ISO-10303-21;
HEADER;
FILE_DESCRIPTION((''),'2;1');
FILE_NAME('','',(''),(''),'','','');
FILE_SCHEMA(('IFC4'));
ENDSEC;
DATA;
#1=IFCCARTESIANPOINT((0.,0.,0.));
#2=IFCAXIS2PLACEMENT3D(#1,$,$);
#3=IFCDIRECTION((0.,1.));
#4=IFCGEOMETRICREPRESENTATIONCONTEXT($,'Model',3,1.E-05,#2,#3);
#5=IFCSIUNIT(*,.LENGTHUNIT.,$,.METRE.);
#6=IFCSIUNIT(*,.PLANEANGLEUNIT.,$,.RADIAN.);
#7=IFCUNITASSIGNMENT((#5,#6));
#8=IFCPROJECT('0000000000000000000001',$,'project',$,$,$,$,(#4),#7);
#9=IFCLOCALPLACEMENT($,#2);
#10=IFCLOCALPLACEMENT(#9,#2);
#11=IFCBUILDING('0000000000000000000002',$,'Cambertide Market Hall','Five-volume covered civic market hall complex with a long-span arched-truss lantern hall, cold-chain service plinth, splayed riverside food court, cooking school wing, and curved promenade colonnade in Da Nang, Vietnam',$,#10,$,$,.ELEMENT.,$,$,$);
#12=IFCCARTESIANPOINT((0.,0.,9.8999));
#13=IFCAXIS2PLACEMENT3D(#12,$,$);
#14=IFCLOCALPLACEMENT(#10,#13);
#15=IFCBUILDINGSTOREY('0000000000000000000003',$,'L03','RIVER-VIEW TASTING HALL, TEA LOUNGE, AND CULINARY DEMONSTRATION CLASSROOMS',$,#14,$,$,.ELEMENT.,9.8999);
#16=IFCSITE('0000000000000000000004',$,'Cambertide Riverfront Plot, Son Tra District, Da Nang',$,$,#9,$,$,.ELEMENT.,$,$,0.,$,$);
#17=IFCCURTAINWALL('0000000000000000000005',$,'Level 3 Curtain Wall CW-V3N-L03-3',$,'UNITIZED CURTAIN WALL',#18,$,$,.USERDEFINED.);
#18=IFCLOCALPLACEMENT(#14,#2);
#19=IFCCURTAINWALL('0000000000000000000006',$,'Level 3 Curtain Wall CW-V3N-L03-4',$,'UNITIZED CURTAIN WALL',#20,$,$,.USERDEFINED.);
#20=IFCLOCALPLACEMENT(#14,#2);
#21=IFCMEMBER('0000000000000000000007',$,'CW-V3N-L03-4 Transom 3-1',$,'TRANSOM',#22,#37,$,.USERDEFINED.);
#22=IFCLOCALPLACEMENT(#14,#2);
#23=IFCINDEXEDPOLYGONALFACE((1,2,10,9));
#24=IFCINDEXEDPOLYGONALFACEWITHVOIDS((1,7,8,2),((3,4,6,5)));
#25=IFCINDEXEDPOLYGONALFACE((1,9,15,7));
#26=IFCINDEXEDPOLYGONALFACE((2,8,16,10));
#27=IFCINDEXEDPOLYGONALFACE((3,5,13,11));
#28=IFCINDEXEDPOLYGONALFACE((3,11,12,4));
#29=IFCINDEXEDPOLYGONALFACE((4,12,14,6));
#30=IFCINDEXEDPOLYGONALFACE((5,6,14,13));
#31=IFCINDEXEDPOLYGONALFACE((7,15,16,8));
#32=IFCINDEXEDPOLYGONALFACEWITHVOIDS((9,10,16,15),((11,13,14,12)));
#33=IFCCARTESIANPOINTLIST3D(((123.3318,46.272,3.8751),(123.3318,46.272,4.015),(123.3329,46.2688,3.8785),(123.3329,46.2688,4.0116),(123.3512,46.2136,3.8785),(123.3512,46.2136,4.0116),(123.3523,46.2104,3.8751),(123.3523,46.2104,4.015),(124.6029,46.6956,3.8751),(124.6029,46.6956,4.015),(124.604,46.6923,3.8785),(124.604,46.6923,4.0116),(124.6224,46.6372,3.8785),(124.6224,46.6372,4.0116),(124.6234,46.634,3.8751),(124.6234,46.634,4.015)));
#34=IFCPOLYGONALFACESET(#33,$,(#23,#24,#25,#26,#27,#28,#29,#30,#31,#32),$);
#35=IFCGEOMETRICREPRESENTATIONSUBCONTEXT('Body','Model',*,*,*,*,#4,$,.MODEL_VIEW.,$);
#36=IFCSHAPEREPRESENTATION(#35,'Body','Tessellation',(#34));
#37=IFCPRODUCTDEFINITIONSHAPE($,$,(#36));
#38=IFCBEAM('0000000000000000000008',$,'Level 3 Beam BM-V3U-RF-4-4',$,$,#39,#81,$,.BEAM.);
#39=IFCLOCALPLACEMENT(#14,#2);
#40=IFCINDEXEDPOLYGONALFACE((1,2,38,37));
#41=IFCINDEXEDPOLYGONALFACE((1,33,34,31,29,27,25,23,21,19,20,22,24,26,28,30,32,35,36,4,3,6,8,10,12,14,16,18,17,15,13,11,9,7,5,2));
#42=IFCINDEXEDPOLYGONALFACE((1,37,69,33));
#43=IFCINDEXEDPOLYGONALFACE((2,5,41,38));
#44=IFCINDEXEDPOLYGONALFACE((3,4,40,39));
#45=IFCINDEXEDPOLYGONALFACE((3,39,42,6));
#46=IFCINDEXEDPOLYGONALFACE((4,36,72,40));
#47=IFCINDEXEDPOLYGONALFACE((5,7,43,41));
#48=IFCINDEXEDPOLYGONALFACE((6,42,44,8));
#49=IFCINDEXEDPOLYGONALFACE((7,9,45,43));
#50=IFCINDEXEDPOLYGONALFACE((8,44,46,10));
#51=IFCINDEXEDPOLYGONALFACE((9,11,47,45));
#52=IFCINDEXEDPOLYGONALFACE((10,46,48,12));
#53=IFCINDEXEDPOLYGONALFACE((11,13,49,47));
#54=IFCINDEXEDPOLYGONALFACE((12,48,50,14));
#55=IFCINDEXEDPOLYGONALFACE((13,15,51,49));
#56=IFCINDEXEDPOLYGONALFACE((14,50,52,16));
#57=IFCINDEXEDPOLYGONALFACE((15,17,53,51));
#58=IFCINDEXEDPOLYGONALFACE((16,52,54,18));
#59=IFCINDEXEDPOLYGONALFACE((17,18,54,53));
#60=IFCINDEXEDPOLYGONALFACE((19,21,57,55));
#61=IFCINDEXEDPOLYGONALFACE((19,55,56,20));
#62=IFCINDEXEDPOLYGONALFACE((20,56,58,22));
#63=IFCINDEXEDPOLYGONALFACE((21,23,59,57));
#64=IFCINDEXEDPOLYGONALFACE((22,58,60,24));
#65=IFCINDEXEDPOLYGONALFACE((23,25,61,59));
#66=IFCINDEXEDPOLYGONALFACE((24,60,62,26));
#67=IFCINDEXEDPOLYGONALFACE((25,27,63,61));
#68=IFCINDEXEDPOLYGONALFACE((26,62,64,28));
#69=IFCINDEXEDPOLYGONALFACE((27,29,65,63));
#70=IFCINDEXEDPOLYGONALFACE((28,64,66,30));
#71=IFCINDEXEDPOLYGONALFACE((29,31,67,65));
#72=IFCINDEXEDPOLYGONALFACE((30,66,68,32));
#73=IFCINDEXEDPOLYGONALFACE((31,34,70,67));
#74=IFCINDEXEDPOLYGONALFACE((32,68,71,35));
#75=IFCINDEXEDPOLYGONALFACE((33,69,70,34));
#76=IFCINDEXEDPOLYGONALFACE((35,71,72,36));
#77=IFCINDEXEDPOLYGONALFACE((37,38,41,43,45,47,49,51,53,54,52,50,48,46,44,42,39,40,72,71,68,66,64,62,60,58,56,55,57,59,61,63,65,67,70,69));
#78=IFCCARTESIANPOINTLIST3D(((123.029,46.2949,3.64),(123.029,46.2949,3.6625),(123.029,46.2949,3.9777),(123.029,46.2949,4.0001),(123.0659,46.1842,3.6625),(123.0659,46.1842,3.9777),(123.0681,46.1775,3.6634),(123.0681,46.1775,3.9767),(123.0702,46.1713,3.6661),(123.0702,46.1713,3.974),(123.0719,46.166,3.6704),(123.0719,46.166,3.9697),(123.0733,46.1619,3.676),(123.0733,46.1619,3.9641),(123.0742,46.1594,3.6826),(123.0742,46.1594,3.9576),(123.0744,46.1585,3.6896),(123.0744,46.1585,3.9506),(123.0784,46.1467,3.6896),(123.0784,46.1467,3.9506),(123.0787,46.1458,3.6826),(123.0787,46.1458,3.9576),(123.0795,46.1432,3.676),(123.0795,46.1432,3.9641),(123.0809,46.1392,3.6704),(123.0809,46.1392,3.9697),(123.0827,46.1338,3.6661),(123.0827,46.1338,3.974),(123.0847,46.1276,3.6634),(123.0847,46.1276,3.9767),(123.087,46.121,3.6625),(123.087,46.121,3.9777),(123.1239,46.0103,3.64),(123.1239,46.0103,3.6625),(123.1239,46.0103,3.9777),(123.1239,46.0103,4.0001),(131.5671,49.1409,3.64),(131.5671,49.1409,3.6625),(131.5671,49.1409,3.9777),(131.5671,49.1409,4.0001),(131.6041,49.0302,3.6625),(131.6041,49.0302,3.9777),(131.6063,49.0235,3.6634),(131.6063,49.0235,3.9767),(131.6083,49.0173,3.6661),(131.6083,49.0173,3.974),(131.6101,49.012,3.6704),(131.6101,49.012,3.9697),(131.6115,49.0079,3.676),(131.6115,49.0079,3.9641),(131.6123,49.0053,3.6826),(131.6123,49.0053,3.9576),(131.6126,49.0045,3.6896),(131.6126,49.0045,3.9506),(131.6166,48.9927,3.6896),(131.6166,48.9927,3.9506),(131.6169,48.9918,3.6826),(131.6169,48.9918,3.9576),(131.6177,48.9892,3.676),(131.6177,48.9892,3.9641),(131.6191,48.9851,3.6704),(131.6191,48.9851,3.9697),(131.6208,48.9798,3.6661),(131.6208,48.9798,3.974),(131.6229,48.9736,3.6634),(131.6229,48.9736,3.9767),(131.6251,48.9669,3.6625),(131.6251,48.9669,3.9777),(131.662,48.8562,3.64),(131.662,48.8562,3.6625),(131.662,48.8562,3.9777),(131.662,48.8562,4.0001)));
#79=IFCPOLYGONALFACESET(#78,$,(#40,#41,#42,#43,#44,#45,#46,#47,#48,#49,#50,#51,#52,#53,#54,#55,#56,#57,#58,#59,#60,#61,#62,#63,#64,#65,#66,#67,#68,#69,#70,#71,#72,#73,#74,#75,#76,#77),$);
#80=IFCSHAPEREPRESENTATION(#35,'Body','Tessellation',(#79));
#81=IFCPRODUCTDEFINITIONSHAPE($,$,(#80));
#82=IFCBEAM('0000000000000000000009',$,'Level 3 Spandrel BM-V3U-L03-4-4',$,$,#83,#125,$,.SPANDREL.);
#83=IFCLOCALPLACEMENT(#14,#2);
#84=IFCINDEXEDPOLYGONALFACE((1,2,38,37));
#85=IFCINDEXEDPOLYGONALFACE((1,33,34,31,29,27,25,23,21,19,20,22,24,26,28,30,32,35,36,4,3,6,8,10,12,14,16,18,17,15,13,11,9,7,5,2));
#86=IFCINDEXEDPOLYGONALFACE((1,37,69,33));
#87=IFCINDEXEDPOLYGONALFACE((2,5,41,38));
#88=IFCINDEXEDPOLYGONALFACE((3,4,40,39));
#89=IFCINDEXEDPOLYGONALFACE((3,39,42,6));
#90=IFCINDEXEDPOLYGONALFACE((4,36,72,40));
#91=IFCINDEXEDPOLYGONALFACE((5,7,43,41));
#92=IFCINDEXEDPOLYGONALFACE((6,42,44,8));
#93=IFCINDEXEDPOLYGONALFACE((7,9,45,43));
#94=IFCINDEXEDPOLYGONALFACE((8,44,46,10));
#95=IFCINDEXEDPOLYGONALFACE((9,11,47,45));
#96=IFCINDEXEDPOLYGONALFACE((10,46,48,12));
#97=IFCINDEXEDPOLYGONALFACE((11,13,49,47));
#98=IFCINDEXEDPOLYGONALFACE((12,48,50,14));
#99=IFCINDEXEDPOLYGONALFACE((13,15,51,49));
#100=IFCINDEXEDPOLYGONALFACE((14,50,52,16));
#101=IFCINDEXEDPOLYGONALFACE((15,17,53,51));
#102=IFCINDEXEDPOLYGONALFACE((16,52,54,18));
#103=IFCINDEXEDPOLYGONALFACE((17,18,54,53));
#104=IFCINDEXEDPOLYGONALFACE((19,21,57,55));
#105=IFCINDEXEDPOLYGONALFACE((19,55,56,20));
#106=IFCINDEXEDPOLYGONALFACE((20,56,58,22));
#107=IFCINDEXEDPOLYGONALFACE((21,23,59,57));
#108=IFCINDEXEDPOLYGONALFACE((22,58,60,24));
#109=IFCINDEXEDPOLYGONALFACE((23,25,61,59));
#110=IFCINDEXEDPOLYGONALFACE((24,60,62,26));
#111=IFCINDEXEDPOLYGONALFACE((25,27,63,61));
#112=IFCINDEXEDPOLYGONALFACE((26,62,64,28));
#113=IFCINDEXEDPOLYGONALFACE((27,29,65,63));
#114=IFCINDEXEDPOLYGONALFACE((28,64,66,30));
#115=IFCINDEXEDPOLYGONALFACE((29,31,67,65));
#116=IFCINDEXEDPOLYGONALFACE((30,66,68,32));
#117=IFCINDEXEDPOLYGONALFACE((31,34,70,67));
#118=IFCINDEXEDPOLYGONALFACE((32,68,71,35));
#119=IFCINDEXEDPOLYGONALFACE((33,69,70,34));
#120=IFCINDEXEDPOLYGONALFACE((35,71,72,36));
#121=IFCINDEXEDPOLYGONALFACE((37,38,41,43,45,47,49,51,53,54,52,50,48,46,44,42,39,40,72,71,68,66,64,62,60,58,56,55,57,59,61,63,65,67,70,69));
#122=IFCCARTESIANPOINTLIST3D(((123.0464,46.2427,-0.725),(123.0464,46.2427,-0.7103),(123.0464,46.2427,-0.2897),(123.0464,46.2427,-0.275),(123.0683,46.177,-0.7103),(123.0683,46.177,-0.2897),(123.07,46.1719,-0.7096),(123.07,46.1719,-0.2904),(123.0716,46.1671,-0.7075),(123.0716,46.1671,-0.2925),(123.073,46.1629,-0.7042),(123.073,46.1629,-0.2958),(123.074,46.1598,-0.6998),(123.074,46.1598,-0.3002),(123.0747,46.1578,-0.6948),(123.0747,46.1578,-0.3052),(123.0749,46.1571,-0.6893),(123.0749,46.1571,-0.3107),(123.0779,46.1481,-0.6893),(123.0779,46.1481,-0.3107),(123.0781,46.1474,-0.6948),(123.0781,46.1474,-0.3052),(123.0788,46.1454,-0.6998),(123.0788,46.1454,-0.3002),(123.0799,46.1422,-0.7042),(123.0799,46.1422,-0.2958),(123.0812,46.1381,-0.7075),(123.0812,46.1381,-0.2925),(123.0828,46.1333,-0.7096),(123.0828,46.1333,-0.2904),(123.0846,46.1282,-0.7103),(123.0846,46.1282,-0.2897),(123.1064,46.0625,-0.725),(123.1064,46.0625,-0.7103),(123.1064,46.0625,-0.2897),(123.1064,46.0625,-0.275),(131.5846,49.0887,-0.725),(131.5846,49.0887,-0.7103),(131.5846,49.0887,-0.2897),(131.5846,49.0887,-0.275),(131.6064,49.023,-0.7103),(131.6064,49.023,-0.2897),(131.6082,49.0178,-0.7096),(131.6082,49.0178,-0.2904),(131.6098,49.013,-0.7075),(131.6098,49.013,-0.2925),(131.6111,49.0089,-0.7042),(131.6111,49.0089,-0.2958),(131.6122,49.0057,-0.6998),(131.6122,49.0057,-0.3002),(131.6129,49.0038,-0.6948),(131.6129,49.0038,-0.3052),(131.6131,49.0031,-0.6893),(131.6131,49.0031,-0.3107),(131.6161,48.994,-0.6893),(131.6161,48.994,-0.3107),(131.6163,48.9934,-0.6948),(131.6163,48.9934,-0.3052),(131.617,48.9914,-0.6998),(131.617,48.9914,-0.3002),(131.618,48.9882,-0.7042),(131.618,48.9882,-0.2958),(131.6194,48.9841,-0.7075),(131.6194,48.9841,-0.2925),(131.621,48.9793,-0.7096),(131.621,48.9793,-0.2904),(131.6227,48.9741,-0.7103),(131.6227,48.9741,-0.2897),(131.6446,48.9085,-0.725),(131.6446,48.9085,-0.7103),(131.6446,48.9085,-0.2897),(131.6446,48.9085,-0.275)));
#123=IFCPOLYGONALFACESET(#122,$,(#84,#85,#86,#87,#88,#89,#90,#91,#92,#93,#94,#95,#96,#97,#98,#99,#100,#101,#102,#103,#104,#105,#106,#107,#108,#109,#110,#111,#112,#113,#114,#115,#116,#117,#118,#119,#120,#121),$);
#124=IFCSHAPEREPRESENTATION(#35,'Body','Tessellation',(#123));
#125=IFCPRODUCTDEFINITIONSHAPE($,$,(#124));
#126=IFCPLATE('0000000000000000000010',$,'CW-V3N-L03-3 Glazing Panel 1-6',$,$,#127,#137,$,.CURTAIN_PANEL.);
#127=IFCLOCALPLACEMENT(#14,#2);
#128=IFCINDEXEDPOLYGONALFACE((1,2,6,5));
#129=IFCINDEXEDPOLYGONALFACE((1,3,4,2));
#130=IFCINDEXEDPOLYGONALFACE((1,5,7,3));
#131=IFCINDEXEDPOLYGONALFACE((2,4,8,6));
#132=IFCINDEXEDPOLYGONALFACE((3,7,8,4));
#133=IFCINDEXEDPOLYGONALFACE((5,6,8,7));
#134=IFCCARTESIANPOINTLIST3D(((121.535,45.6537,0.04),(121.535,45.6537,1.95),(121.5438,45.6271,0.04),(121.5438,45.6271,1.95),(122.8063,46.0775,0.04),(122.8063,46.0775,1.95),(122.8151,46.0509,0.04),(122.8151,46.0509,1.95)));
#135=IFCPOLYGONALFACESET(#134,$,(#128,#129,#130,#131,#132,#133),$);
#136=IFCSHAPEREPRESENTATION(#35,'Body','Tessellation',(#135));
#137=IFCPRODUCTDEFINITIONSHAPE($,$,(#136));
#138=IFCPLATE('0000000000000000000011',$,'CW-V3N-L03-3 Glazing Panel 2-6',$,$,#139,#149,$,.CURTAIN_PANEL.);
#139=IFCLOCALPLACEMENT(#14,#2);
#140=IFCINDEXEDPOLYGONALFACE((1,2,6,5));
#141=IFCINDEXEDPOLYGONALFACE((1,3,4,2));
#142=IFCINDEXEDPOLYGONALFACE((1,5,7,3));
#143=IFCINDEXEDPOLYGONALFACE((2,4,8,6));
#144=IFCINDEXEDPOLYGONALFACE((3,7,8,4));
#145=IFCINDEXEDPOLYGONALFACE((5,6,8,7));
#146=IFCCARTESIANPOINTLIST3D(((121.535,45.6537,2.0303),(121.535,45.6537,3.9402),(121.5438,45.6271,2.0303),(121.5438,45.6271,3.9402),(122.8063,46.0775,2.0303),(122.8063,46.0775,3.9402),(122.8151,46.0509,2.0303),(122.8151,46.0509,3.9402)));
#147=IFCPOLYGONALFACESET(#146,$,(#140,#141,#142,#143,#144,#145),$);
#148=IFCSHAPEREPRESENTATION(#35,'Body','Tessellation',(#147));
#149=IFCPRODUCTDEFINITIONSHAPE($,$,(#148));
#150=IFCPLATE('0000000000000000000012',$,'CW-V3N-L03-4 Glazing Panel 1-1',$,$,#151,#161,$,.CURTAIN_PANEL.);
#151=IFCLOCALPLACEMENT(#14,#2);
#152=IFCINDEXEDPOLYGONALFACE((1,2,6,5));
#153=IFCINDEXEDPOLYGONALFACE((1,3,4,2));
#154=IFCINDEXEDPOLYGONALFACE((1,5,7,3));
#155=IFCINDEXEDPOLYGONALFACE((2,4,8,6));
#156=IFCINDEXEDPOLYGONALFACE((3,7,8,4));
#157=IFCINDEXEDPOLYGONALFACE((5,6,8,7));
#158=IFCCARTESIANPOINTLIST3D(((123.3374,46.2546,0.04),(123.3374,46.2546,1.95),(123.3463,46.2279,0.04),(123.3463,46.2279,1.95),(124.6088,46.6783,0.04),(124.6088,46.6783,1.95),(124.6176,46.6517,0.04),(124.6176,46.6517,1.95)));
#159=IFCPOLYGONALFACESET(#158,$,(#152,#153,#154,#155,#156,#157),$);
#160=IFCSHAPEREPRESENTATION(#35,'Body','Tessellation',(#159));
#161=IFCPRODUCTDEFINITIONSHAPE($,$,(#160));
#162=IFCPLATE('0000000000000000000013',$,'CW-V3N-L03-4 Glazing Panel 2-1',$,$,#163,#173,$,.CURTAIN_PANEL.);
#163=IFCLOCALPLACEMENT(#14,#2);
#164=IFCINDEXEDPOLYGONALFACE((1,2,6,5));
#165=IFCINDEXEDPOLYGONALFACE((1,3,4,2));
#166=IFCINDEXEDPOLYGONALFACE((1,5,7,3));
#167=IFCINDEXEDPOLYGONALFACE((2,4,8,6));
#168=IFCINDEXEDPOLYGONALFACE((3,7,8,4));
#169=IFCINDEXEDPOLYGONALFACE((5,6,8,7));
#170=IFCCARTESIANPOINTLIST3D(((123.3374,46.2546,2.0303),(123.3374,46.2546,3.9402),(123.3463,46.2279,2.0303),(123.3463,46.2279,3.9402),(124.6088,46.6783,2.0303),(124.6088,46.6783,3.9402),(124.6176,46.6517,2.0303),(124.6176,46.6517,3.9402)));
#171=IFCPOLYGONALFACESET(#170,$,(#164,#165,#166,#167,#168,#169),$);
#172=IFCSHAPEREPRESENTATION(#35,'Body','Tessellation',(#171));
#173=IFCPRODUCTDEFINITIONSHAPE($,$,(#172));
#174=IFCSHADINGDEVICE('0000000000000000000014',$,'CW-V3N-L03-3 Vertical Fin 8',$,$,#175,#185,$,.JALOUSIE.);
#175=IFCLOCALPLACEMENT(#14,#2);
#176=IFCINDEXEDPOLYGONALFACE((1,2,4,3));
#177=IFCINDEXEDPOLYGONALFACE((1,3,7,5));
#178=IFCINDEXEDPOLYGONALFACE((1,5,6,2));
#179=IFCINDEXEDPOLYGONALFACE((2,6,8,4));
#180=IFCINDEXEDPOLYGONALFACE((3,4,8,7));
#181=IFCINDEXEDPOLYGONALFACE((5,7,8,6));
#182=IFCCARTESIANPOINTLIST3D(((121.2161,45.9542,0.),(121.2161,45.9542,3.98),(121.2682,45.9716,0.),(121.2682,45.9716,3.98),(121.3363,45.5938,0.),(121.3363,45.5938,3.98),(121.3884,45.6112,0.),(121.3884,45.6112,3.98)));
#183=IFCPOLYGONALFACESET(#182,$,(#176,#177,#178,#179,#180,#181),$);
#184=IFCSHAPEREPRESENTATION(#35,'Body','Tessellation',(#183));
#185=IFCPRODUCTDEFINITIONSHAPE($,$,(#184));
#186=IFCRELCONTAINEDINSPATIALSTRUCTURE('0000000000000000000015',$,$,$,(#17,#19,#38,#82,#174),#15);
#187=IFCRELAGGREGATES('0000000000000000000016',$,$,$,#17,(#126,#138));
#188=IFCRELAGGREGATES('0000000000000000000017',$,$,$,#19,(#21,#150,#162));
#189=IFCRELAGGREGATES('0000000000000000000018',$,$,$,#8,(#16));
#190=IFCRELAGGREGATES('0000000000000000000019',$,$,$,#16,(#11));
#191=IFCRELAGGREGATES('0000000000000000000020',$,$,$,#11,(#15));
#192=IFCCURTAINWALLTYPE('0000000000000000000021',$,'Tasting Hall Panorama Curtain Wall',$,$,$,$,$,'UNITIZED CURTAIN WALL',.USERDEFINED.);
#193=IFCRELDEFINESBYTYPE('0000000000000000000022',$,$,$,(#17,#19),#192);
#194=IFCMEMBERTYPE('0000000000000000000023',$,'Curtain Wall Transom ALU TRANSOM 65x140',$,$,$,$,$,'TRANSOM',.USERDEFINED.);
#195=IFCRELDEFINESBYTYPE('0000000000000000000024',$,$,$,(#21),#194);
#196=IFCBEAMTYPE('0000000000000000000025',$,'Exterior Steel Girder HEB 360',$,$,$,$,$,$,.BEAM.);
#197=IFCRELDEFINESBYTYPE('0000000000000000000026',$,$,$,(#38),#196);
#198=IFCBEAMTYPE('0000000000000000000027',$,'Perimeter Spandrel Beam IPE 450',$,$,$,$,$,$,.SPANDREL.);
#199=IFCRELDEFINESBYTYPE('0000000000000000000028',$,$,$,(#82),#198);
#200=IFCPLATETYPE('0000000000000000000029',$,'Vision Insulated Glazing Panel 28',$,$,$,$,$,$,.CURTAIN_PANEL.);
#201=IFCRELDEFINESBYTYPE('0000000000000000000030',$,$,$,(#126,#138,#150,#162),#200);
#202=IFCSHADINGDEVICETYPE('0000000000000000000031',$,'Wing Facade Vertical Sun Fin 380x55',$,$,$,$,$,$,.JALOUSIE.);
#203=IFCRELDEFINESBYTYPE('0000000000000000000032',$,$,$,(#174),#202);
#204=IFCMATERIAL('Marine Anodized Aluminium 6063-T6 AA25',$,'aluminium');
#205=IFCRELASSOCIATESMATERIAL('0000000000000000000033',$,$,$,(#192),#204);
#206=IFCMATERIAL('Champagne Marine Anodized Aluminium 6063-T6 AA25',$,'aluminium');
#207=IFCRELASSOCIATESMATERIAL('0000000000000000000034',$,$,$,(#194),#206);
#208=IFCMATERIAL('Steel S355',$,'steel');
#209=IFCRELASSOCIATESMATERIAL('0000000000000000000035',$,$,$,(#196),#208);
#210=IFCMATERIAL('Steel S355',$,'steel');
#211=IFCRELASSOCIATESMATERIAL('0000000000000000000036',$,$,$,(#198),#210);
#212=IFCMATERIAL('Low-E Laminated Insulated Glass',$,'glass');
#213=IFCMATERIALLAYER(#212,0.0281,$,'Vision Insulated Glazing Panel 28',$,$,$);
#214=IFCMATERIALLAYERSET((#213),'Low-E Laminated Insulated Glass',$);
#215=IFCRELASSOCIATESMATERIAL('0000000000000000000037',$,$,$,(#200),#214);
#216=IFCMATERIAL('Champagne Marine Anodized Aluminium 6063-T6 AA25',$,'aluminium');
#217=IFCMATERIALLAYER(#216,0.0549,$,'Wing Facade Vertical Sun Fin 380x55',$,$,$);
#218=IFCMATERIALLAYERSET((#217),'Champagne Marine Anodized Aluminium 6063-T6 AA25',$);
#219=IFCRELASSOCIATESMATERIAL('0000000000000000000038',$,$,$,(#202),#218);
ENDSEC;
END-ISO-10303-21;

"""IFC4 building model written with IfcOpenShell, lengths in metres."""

from ifc_helpers import new_model, si_unit, direction, frame, origin, origin_2d, place, context, subcontext, project, spatial, rectangle, hollow_rectangle, i_section, extrude, material, layer, layer_set, material_profile, profile_set, type_object, element, aggregate, save


model = new_model("IFC4")

# Units and contexts
model_context = context("Model", 3, precision=1e-05, world=origin(), true_north=direction((0.0, 1.0)))
body_context = subcontext(model_context, "Body", "Model", "MODEL_VIEW")
ifc_project = project(units=[si_unit("LENGTHUNIT", "METRE"), si_unit("PLANEANGLEUNIT", "RADIAN")], contexts=[model_context])

# Site, building, storey
site_placement = place(None, origin())
site = spatial("IfcSite", under=ifc_project, at=site_placement, Name="Cambertide Riverfront Plot, Son Tra District, Da Nang", CompositionType="ELEMENT", RefElevation=0.0)
building_placement = place(site_placement, origin())
building = spatial("IfcBuilding", under=site, at=building_placement, Name="Cambertide Market Hall", Description="Five-volume covered civic market hall complex with a long-span arched-truss lantern hall, cold-chain service plinth, splayed riverside food court, cooking school wing, and curved promenade colonnade in Da Nang, Vietnam", CompositionType="ELEMENT")
storey_placement = place(building_placement, frame((0.0, 0.0, 9.8999)))
storey = spatial("IfcBuildingStorey", under=building, at=storey_placement, Name="L03", Description="RIVER-VIEW TASTING HALL, TEA LOUNGE, AND CULINARY DEMONSTRATION CLASSROOMS", CompositionType="ELEMENT", Elevation=9.8999)

# Curtain wall
ifc_material_1 = material(Name="Marine Anodized Aluminium 6063-T6 AA25", Category="aluminium")
curtain_wall_type = type_object("IfcCurtainWallType", Name="Tasting Hall Panorama Curtain Wall", ElementType="UNITIZED CURTAIN WALL", PredefinedType="USERDEFINED", material=ifc_material_1)
curtain_wall_1_placement = place(storey_placement, origin())
curtain_wall_1 = element("IfcCurtainWall", 1, at=curtain_wall_1_placement, inside=storey, type_object=curtain_wall_type, Name="Level 3 Curtain Wall CW-V3N-L03-3", ObjectType="UNITIZED CURTAIN WALL", PredefinedType="USERDEFINED")

# Curtain wall
curtain_wall_2_placement = place(storey_placement, origin())
curtain_wall_2 = element("IfcCurtainWall", 2, at=curtain_wall_2_placement, inside=storey, type_object=curtain_wall_type, Name="Level 3 Curtain Wall CW-V3N-L03-4", ObjectType="UNITIZED CURTAIN WALL", PredefinedType="USERDEFINED")

# Member
ifc_material_2 = material(Name="Champagne Marine Anodized Aluminium 6063-T6 AA25", Category="aluminium")
ifc_material_profile_1 = material_profile(ifc_material_2, hollow_rectangle(XDim=0.0649, YDim=0.1399, WallThickness=0.0034, at=origin_2d()), Name="ALU TRANSOM 65x140")
ifc_profile_set_1 = profile_set([ifc_material_profile_1], Name="Champagne Marine Anodized Aluminium 6063-T6 AA25")
member_type_1 = type_object("IfcMemberType", Name="Curtain Wall Transom ALU TRANSOM 65x140", ElementType="TRANSOM", PredefinedType="USERDEFINED", material=ifc_profile_set_1)
member_1_placement = place(storey_placement, frame((123.342, 46.2412, 3.9451), z_axis=(0.94872, 0.316118, 0.0), x_axis=(-0.316118, 0.94872, 0.0)))
member_1 = element("IfcMember", 3, at=member_1_placement, type_object=member_type_1, Name="CW-V3N-L03-4 Transom 3-1", ObjectType="TRANSOM", PredefinedType="USERDEFINED", context=body_context, shape_type="SweptSolid", body=[
    extrude(hollow_rectangle(XDim=0.0649, YDim=0.1399, WallThickness=0.0034, at=origin_2d()), origin(), (0.0, 0.0, 1.0), 1.3398),
])

# Beams
ifc_material_3 = material(Name="Steel S355", Category="steel")
ifc_material_profile_2 = material_profile(ifc_material_3, i_section(OverallWidth=0.3, OverallDepth=0.3601, WebThickness=0.0125, FlangeThickness=0.0225, FilletRadius=0.0271, at=origin_2d()), Name="HEB 360")
ifc_profile_set_2 = profile_set([ifc_material_profile_2], Name="Steel S355")
beam_type_1 = type_object("IfcBeamType", Name="Exterior Steel Girder HEB 360", PredefinedType="BEAM", material=ifc_profile_set_2)
beam_1_placement = place(storey_placement, frame((123.0764, 46.1526, 3.8201), z_axis=(0.948686, 0.31622, 0.0), x_axis=(-0.31622, 0.948686, 0.0)))
element("IfcBeam", 4, at=beam_1_placement, inside=storey, type_object=beam_type_1, Name="Level 3 Beam BM-V3U-RF-4-4", PredefinedType="BEAM", context=body_context, shape_type="SweptSolid", body=[
    extrude(i_section(OverallWidth=0.3, OverallDepth=0.3601, WebThickness=0.0125, FlangeThickness=0.0225, FilletRadius=0.0271, at=origin_2d()), origin(), (0.0, 0.0, 1.0), 9.0),
])
ifc_material_4 = material(Name="Steel S355", Category="steel")
ifc_material_profile_3 = material_profile(ifc_material_4, i_section(OverallWidth=0.1899, OverallDepth=0.45, WebThickness=0.0095, FlangeThickness=0.0146, FilletRadius=0.021, at=origin_2d()), Name="IPE 450")
ifc_profile_set_3 = profile_set([ifc_material_profile_3], Name="Steel S355")
beam_type_2 = type_object("IfcBeamType", Name="Perimeter Spandrel Beam IPE 450", PredefinedType="SPANDREL", material=ifc_profile_set_3)
beam_2_placement = place(storey_placement, frame((123.0764, 46.1526, -0.5), z_axis=(0.948686, 0.31622, 0.0), x_axis=(-0.31622, 0.948686, 0.0)))
element("IfcBeam", 5, at=beam_2_placement, inside=storey, type_object=beam_type_2, Name="Level 3 Spandrel BM-V3U-L03-4-4", PredefinedType="SPANDREL", context=body_context, shape_type="SweptSolid", body=[
    extrude(i_section(OverallWidth=0.1899, OverallDepth=0.45, WebThickness=0.0095, FlangeThickness=0.0146, FilletRadius=0.021, at=origin_2d()), origin(), (0.0, 0.0, 1.0), 9.0),
])

# Plates
ifc_material_5 = material(Name="Low-E Laminated Insulated Glass", Category="glass")
ifc_layer_1 = layer(ifc_material_5, 0.0281, Name="Vision Insulated Glazing Panel 28")
ifc_layer_set_1 = layer_set([ifc_layer_1], Name="Low-E Laminated Insulated Glass")
plate_type = type_object("IfcPlateType", Name="Vision Insulated Glazing Panel 28", PredefinedType="CURTAIN_PANEL", material=ifc_layer_set_1)
plate_1_placement = place(storey_placement, frame((122.175, 45.8523, 0.04), z_axis=(0.0, 0.0, 1.0), x_axis=(0.948683, 0.316228, 0.0)))
plate_1 = element("IfcPlate", 6, at=plate_1_placement, type_object=plate_type, Name="CW-V3N-L03-3 Glazing Panel 1-6", PredefinedType="CURTAIN_PANEL", context=body_context, shape_type="SweptSolid", body=[
    extrude(rectangle(XDim=1.3401, YDim=0.0281, at=origin_2d()), origin(), (0.0, 0.0, 1.0), 1.9099),
])
plate_2_placement = place(storey_placement, frame((122.175, 45.8523, 2.0303), z_axis=(0.0, 0.0, 1.0), x_axis=(0.948683, 0.316228, 0.0)))
plate_2 = element("IfcPlate", 7, at=plate_2_placement, type_object=plate_type, Name="CW-V3N-L03-3 Glazing Panel 2-6", PredefinedType="CURTAIN_PANEL", context=body_context, shape_type="SweptSolid", body=[
    extrude(rectangle(XDim=1.3401, YDim=0.0281, at=origin_2d()), origin(), (0.0, 0.0, 1.0), 1.9099),
])
aggregate(curtain_wall_1, [plate_1, plate_2])
plate_3_placement = place(storey_placement, frame((123.9775, 46.4531, 0.04), z_axis=(0.0, 0.0, 1.0), x_axis=(0.948683, 0.316228, 0.0)))
plate_3 = element("IfcPlate", 8, at=plate_3_placement, type_object=plate_type, Name="CW-V3N-L03-4 Glazing Panel 1-1", PredefinedType="CURTAIN_PANEL", context=body_context, shape_type="SweptSolid", body=[
    extrude(rectangle(XDim=1.3401, YDim=0.0281, at=origin_2d()), origin(), (0.0, 0.0, 1.0), 1.9099),
])
plate_4_placement = place(storey_placement, frame((123.9775, 46.4531, 2.0303), z_axis=(0.0, 0.0, 1.0), x_axis=(0.948683, 0.316228, 0.0)))
plate_4 = element("IfcPlate", 9, at=plate_4_placement, type_object=plate_type, Name="CW-V3N-L03-4 Glazing Panel 2-1", PredefinedType="CURTAIN_PANEL", context=body_context, shape_type="SweptSolid", body=[
    extrude(rectangle(XDim=1.3401, YDim=0.0281, at=origin_2d()), origin(), (0.0, 0.0, 1.0), 1.9099),
])
aggregate(curtain_wall_2, [member_1, plate_3, plate_4])

# Shading device
ifc_material_6 = material(Name="Champagne Marine Anodized Aluminium 6063-T6 AA25", Category="aluminium")
ifc_layer_2 = layer(ifc_material_6, 0.0549, Name="Wing Facade Vertical Sun Fin 380x55")
ifc_layer_set_2 = layer_set([ifc_layer_2], Name="Champagne Marine Anodized Aluminium 6063-T6 AA25")
shading_device_type = type_object("IfcShadingDeviceType", Name="Wing Facade Vertical Sun Fin 380x55", PredefinedType="JALOUSIE", material=ifc_layer_set_2)
for number, where, z_axis, x_axis, name in (
    (10, (121.3022, 45.7827, 0.0), (0.0, 0.0, 1.0), (0.948683, 0.316228, 0.0), "CW-V3N-L03-3 Vertical Fin 8"),
):
    element("IfcShadingDevice", number, at=place(storey_placement, frame(where, z_axis=z_axis, x_axis=x_axis)), inside=storey, type_object=shading_device_type, Name=name, PredefinedType="JALOUSIE", context=body_context, shape_type="SweptSolid", body=[
        extrude(rectangle(XDim=0.0549, YDim=0.3799, at=origin_2d()), origin(), (0.0, 0.0, 1.0), 3.98),
    ])

save(model, "model.ifc")
